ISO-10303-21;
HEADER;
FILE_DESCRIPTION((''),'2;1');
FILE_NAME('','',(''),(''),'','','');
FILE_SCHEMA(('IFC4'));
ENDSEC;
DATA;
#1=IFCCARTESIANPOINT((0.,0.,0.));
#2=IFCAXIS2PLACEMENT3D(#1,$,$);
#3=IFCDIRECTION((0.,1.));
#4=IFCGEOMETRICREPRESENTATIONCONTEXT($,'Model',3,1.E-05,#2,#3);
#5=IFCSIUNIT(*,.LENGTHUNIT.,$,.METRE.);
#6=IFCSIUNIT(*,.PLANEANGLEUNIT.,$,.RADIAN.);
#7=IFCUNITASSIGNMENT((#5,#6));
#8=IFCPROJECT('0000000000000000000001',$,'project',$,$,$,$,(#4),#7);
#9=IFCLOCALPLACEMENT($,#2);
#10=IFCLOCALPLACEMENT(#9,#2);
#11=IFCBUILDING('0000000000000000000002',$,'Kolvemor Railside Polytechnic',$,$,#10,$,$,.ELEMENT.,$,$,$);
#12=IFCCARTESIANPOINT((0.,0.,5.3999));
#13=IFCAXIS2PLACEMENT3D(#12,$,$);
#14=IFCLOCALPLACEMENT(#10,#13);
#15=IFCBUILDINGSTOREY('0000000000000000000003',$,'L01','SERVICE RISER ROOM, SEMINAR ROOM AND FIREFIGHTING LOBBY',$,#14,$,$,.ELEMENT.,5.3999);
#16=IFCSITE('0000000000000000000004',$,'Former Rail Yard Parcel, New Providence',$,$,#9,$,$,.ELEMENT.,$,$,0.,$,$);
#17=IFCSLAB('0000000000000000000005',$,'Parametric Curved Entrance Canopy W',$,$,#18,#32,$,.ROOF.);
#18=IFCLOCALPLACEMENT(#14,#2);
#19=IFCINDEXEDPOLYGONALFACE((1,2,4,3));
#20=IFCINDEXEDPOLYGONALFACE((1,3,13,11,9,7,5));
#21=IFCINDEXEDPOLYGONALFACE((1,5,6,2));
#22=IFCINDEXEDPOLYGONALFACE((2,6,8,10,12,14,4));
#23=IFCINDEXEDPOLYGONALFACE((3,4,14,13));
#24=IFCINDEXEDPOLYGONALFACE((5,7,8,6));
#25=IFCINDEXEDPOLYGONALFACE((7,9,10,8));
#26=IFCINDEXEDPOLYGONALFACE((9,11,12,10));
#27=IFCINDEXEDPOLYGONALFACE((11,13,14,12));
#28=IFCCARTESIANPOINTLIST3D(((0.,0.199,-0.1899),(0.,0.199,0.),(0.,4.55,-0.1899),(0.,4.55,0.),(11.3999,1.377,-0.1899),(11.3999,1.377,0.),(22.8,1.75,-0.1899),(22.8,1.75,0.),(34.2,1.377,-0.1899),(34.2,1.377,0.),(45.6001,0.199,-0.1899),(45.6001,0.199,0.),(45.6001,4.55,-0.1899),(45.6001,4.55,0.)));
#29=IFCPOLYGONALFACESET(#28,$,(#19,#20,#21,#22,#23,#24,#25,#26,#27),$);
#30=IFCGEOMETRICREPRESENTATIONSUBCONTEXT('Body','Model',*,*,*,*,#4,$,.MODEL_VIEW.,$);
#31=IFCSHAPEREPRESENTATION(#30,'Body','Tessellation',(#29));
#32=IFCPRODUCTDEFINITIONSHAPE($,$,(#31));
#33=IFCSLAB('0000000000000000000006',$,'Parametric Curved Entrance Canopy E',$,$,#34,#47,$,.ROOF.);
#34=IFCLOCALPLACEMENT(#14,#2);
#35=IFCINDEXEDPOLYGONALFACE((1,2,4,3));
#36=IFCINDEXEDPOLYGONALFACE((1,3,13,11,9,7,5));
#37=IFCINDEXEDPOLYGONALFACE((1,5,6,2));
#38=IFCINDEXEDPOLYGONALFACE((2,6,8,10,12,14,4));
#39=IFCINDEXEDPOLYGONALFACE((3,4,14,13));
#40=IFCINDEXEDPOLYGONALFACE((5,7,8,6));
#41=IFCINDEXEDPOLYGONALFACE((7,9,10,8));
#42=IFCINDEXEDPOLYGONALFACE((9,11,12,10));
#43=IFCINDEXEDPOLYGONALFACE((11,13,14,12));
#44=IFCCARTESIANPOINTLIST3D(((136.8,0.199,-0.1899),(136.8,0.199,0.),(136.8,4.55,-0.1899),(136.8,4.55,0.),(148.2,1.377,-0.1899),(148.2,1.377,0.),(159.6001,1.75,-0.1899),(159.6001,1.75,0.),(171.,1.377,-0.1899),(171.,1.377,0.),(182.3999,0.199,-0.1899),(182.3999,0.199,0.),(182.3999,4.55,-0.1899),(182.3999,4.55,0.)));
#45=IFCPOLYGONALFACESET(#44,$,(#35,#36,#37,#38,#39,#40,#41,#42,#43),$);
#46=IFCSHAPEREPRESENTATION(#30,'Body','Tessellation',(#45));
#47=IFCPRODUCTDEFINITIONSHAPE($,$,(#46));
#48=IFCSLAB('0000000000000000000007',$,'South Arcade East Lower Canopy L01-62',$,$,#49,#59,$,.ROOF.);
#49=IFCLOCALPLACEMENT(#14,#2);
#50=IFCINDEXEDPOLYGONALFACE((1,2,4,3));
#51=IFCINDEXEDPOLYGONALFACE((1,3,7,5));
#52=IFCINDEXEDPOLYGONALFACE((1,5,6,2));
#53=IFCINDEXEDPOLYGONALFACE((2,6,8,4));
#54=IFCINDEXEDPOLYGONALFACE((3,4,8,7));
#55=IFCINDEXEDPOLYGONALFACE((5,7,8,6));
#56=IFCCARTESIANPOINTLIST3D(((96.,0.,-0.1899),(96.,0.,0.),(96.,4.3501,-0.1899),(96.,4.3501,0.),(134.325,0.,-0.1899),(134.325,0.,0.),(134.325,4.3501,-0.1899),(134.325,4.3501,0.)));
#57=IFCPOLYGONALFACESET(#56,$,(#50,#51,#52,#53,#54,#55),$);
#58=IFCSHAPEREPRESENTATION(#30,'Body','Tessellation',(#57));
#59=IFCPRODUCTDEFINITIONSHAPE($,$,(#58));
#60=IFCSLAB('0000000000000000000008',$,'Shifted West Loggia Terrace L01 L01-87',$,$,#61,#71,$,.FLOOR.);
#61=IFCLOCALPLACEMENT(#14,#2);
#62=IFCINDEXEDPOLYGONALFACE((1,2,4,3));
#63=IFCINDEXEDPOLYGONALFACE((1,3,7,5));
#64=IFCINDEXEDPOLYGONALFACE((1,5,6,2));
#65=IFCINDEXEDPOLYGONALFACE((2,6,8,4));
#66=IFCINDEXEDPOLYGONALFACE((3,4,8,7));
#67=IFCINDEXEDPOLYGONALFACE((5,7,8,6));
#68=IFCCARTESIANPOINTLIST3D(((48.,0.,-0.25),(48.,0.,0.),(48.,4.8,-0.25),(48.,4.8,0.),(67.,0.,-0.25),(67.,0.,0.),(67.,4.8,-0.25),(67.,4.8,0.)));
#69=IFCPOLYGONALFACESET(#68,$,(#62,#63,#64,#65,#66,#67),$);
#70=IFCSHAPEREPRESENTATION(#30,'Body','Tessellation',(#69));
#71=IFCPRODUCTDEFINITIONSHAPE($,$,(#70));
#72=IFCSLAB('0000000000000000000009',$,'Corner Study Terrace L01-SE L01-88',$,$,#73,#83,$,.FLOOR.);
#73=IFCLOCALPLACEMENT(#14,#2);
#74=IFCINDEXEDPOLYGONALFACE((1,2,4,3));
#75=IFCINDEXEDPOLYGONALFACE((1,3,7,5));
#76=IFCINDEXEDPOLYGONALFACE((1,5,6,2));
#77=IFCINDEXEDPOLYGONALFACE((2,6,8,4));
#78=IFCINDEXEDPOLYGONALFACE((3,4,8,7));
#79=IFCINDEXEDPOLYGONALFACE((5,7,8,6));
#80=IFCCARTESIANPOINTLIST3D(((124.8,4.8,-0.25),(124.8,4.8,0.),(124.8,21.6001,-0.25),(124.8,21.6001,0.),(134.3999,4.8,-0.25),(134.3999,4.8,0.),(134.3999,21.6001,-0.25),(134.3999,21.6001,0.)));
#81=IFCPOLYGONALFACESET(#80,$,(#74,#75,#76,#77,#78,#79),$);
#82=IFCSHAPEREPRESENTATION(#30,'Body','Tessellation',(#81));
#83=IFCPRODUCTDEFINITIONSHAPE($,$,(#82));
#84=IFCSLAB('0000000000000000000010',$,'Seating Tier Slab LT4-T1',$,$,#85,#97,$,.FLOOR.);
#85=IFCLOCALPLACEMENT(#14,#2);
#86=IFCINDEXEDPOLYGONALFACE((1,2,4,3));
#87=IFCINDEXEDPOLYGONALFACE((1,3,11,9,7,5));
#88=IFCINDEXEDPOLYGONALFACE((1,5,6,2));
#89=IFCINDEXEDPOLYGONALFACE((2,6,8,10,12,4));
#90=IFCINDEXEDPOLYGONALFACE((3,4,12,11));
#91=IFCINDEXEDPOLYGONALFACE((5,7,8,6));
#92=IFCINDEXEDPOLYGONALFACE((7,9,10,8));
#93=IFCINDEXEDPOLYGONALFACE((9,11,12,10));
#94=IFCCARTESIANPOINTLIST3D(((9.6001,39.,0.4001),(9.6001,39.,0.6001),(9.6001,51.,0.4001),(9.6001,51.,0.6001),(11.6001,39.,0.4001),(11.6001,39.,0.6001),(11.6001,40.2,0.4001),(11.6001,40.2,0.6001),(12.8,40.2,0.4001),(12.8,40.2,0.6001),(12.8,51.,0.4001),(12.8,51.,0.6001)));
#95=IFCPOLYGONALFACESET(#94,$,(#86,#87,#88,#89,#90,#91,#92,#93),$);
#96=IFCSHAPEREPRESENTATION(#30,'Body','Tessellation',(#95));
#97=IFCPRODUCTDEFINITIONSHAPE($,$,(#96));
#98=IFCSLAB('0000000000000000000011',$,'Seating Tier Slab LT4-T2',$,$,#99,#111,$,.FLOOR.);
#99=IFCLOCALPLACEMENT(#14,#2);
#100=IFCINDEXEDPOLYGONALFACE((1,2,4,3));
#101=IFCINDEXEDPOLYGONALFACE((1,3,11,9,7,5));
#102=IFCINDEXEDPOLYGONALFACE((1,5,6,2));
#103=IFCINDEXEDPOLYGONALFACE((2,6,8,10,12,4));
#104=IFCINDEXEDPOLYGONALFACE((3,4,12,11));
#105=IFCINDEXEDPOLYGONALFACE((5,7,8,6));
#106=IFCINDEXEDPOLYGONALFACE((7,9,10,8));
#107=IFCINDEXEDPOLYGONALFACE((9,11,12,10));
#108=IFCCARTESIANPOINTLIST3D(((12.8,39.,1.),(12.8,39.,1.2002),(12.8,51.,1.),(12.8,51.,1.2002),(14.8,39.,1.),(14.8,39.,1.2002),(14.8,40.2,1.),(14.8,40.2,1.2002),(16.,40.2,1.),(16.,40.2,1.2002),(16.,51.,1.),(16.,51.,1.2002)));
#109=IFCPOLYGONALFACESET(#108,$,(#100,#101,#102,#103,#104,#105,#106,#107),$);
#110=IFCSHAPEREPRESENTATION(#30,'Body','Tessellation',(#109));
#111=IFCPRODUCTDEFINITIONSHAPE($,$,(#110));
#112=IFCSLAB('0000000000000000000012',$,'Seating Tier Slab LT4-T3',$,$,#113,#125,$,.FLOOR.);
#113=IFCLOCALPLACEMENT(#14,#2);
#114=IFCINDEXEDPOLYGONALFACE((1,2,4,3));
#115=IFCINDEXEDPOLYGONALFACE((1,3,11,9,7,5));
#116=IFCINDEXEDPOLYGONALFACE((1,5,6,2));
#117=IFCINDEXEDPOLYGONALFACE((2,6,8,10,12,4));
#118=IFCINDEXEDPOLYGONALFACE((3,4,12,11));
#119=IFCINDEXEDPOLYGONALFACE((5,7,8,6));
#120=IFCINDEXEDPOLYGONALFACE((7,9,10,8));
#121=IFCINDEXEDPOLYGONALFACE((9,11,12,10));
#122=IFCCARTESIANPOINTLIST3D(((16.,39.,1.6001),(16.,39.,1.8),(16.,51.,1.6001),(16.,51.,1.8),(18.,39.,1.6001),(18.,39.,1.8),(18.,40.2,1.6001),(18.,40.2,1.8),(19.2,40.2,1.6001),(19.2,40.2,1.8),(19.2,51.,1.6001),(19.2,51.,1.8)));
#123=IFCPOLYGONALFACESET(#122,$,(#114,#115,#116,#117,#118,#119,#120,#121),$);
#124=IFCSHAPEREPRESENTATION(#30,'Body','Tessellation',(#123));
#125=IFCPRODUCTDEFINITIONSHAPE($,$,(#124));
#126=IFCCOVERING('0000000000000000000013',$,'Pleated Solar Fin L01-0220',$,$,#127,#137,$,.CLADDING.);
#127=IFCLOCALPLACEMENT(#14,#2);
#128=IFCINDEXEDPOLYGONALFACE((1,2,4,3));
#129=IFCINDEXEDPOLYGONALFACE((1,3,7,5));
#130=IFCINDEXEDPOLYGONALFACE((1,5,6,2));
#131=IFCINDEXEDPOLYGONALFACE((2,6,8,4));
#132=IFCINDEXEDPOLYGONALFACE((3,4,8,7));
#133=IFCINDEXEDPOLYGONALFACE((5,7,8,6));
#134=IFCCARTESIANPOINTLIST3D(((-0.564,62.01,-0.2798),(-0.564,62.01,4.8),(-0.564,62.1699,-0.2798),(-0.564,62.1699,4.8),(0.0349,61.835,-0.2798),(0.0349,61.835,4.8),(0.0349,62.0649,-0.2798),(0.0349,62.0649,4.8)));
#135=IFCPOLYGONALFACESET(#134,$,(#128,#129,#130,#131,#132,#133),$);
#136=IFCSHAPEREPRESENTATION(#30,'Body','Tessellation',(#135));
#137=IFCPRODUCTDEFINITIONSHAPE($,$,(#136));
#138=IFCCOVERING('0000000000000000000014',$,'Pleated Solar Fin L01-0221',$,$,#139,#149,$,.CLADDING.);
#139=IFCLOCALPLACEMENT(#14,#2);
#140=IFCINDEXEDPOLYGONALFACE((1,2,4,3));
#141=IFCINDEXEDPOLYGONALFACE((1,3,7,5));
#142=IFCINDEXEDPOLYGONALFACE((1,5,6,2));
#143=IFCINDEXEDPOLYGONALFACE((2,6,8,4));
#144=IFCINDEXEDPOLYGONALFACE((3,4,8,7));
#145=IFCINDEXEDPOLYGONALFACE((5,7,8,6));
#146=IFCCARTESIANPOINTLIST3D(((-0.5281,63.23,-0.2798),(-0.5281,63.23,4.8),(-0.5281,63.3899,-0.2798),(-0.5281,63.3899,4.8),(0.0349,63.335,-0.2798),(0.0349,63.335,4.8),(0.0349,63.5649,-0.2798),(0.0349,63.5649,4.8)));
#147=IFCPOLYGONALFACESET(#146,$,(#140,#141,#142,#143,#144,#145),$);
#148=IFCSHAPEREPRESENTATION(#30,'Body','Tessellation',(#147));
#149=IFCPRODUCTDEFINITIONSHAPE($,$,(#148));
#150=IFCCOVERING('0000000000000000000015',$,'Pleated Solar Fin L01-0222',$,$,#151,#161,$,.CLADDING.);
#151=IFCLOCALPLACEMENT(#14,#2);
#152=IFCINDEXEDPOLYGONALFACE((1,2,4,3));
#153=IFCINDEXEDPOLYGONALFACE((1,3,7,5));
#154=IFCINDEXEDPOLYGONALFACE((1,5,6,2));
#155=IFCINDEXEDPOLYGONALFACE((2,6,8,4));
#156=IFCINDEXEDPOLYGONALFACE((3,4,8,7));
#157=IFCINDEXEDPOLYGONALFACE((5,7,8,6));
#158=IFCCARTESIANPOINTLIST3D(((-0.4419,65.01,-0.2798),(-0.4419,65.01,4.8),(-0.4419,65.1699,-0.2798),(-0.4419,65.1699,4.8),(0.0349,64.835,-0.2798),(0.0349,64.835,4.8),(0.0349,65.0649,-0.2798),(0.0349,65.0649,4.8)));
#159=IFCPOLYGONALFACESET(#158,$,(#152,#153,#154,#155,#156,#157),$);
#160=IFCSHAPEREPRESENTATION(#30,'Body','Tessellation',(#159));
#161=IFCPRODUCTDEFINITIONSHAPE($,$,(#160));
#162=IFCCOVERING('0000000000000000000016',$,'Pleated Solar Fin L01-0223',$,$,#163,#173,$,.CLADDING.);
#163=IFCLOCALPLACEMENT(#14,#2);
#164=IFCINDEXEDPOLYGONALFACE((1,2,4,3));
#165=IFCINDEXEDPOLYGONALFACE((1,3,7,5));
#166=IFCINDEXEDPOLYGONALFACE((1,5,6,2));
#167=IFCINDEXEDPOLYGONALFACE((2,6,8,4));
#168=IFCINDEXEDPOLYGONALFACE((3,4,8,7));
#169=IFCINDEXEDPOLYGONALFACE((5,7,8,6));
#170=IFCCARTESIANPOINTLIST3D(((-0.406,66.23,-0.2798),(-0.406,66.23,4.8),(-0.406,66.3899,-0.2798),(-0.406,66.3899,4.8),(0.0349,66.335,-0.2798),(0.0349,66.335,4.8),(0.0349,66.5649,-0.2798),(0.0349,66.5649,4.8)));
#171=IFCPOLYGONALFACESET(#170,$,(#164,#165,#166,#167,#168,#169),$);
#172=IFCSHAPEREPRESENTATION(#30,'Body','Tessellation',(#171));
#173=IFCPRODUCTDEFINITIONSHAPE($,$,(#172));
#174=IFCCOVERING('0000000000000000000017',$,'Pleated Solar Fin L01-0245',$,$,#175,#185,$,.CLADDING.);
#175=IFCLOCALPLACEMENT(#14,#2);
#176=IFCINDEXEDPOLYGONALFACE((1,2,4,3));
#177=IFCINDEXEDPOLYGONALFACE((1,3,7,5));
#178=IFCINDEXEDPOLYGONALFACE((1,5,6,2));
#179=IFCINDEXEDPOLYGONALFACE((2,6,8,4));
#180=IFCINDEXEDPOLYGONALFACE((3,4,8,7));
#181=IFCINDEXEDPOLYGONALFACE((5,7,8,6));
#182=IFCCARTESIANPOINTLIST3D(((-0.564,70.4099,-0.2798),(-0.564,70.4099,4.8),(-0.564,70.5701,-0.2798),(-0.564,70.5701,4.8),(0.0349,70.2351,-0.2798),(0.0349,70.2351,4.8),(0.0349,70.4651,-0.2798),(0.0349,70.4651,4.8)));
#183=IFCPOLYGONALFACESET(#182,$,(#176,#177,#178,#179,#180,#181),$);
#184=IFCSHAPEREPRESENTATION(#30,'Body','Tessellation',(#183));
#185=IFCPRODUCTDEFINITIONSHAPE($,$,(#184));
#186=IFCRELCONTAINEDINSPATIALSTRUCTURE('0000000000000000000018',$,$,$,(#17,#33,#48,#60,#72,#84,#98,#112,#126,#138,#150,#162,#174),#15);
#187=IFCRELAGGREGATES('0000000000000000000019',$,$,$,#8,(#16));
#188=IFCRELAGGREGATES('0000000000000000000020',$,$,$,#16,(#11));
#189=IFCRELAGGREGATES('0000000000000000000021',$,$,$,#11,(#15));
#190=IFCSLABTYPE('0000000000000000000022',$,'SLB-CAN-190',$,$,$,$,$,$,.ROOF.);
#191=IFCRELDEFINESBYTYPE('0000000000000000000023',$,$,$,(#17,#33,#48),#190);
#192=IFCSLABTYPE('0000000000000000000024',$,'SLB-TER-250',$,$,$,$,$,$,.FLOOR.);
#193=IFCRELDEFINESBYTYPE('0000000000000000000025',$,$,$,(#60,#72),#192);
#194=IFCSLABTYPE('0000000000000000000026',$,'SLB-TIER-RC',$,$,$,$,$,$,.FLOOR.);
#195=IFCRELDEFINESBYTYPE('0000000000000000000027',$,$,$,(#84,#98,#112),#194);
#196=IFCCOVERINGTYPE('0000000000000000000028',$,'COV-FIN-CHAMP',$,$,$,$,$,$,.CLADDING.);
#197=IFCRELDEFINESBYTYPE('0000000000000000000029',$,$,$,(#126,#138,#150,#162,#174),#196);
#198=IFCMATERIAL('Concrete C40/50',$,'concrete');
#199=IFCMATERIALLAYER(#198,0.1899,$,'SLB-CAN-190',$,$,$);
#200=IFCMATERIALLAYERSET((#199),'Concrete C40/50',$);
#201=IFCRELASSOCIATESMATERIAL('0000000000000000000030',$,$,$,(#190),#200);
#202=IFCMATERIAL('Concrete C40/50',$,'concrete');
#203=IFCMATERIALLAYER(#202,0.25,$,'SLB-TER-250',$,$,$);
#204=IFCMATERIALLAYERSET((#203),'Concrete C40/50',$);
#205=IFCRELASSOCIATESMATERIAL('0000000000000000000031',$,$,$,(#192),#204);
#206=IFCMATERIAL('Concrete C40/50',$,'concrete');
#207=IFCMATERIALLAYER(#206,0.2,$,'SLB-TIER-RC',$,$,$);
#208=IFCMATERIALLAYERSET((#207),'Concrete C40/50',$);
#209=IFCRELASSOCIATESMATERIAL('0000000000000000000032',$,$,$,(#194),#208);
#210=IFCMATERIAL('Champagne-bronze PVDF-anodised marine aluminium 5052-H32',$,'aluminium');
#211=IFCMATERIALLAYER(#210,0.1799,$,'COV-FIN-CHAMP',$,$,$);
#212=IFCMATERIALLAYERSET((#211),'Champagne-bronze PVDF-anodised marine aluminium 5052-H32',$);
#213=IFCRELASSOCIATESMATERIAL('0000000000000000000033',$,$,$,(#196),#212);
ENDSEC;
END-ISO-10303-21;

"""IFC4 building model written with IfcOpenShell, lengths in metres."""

from ifc_helpers import new_model, si_unit, direction, frame, origin, place, context, subcontext, project, spatial, polyline, outline, extrude, material, layer, layer_set, type_object, element, save


model = new_model("IFC4")

# Units and contexts
model_context = context("Model", 3, precision=1e-05, world=origin(), true_north=direction((0.0, 1.0)))
body_context = subcontext(model_context, "Body", "Model", "MODEL_VIEW")
ifc_project = project(units=[si_unit("LENGTHUNIT", "METRE"), si_unit("PLANEANGLEUNIT", "RADIAN")], contexts=[model_context])

# Site, building, storey
site_placement = place(None, origin())
site = spatial("IfcSite", under=ifc_project, at=site_placement, Name="Former Rail Yard Parcel, New Providence", CompositionType="ELEMENT", RefElevation=0.0)
building_placement = place(site_placement, origin())
building = spatial("IfcBuilding", under=site, at=building_placement, Name="Kolvemor Railside Polytechnic", CompositionType="ELEMENT")
storey_placement = place(building_placement, frame((0.0, 0.0, 5.3999)))
storey = spatial("IfcBuildingStorey", under=building, at=storey_placement, Name="L01", Description="SERVICE RISER ROOM, SEMINAR ROOM AND FIREFIGHTING LOBBY", CompositionType="ELEMENT", Elevation=5.3999)

# Slabs
ifc_material_1 = material(Name="Concrete C40/50", Category="concrete")
ifc_layer_1 = layer(ifc_material_1, 0.1899, Name="SLB-CAN-190")
ifc_layer_set_1 = layer_set([ifc_layer_1], Name="Concrete C40/50")
slab_type_1 = type_object("IfcSlabType", Name="SLB-CAN-190", PredefinedType="ROOF", material=ifc_layer_set_1)
slab_1_placement = place(storey_placement, frame((0.0, 0.0, -0.1899)))
element("IfcSlab", 1, at=slab_1_placement, inside=storey, type_object=slab_type_1, Name="Parametric Curved Entrance Canopy W", PredefinedType="ROOF", context=body_context, shape_type="SweptSolid", body=[
    extrude(outline(polyline([(0.0, 0.199), (11.3999, 1.377), (22.8, 1.75), (34.2, 1.377), (45.6001, 0.199), (45.6001, 4.55), (0.0, 4.55), (0.0, 0.199)])), origin(), (0.0, 0.0, 1.0), 0.1899),
])
slab_2_placement = place(storey_placement, frame((0.0, 0.0, -0.1899)))
element("IfcSlab", 2, at=slab_2_placement, inside=storey, type_object=slab_type_1, Name="Parametric Curved Entrance Canopy E", PredefinedType="ROOF", context=body_context, shape_type="SweptSolid", body=[
    extrude(outline(polyline([(136.8, 0.199), (148.2, 1.377), (159.6001, 1.75), (171.0, 1.377), (182.3999, 0.199), (182.3999, 4.55), (136.8, 4.55), (136.8, 0.199)])), origin(), (0.0, 0.0, 1.0), 0.1899),
])
slab_3_placement = place(storey_placement, frame((0.0, 0.0, -0.1899)))
element("IfcSlab", 3, at=slab_3_placement, inside=storey, type_object=slab_type_1, Name="South Arcade East Lower Canopy L01-62", PredefinedType="ROOF", context=body_context, shape_type="SweptSolid", body=[
    extrude(outline(polyline([(96.0, 0.0), (134.325, 0.0), (134.325, 4.3501), (96.0, 4.3501), (96.0, 0.0)])), origin(), (0.0, 0.0, 1.0), 0.1899),
])
ifc_material_2 = material(Name="Concrete C40/50", Category="concrete")
ifc_layer_2 = layer(ifc_material_2, 0.25, Name="SLB-TER-250")
ifc_layer_set_2 = layer_set([ifc_layer_2], Name="Concrete C40/50")
slab_type_2 = type_object("IfcSlabType", Name="SLB-TER-250", PredefinedType="FLOOR", material=ifc_layer_set_2)
slab_4_placement = place(storey_placement, frame((0.0, 0.0, -0.25)))
element("IfcSlab", 4, at=slab_4_placement, inside=storey, type_object=slab_type_2, Name="Shifted West Loggia Terrace L01 L01-87", PredefinedType="FLOOR", context=body_context, shape_type="SweptSolid", body=[
    extrude(outline(polyline([(48.0, 0.0), (67.0, 0.0), (67.0, 4.8), (48.0, 4.8), (48.0, 0.0)])), origin(), (0.0, 0.0, 1.0), 0.25),
])
slab_5_placement = place(storey_placement, frame((0.0, 0.0, -0.25)))
element("IfcSlab", 5, at=slab_5_placement, inside=storey, type_object=slab_type_2, Name="Corner Study Terrace L01-SE L01-88", PredefinedType="FLOOR", context=body_context, shape_type="SweptSolid", body=[
    extrude(outline(polyline([(124.8, 4.8), (134.3999, 4.8), (134.3999, 21.6001), (124.8, 21.6001), (124.8, 4.8)])), origin(), (0.0, 0.0, 1.0), 0.25),
])
ifc_material_3 = material(Name="Concrete C40/50", Category="concrete")
ifc_layer_3 = layer(ifc_material_3, 0.2, Name="SLB-TIER-RC")
ifc_layer_set_3 = layer_set([ifc_layer_3], Name="Concrete C40/50")
slab_type_3 = type_object("IfcSlabType", Name="SLB-TIER-RC", PredefinedType="FLOOR", material=ifc_layer_set_3)
slab_6_placement = place(storey_placement, frame((0.0, 0.0, 0.4001)))
element("IfcSlab", 6, at=slab_6_placement, inside=storey, type_object=slab_type_3, Name="Seating Tier Slab LT4-T1", PredefinedType="FLOOR", context=body_context, shape_type="SweptSolid", body=[
    extrude(outline(polyline([(9.6001, 39.0), (11.6001, 39.0), (11.6001, 40.2), (12.8, 40.2), (12.8, 51.0), (9.6001, 51.0), (9.6001, 39.0)])), origin(), (0.0, 0.0, 1.0), 0.2),
])
slab_7_placement = place(storey_placement, frame((0.0, 0.0, 1.0)))
element("IfcSlab", 7, at=slab_7_placement, inside=storey, type_object=slab_type_3, Name="Seating Tier Slab LT4-T2", PredefinedType="FLOOR", context=body_context, shape_type="SweptSolid", body=[
    extrude(outline(polyline([(12.8, 39.0), (14.8, 39.0), (14.8, 40.2), (16.0, 40.2), (16.0, 51.0), (12.8, 51.0), (12.8, 39.0)])), origin(), (0.0, 0.0, 1.0), 0.2002),
])
slab_8_placement = place(storey_placement, frame((0.0, 0.0, 1.6001)))
element("IfcSlab", 8, at=slab_8_placement, inside=storey, type_object=slab_type_3, Name="Seating Tier Slab LT4-T3", PredefinedType="FLOOR", context=body_context, shape_type="SweptSolid", body=[
    extrude(outline(polyline([(16.0, 39.0), (18.0, 39.0), (18.0, 40.2), (19.2, 40.2), (19.2, 51.0), (16.0, 51.0), (16.0, 39.0)])), origin(), (0.0, 0.0, 1.0), 0.2),
])

# Coverings
ifc_material_4 = material(Name="Champagne-bronze PVDF-anodised marine aluminium 5052-H32", Category="aluminium")
ifc_layer_4 = layer(ifc_material_4, 0.1799, Name="COV-FIN-CHAMP")
ifc_layer_set_4 = layer_set([ifc_layer_4], Name="Champagne-bronze PVDF-anodised marine aluminium 5052-H32")
covering_type_1 = type_object("IfcCoveringType", Name="COV-FIN-CHAMP", PredefinedType="CLADDING", material=ifc_layer_set_4)
covering_1_placement = place(storey_placement, frame((0.0, 0.0, -0.2798)))
element("IfcCovering", 9, at=covering_1_placement, inside=storey, type_object=covering_type_1, Name="Pleated Solar Fin L01-0220", PredefinedType="CLADDING", context=body_context, shape_type="SweptSolid", body=[
    extrude(outline(polyline([(0.0349, 61.835), (0.0349, 62.0649), (-0.564, 62.1699), (-0.564, 62.01), (0.0349, 61.835)])), origin(), (0.0, 0.0, 1.0), 5.0798),
])
covering_2_placement = place(storey_placement, frame((0.0, 0.0, -0.2798)))
element("IfcCovering", 10, at=covering_2_placement, inside=storey, type_object=covering_type_1, Name="Pleated Solar Fin L01-0221", PredefinedType="CLADDING", context=body_context, shape_type="SweptSolid", body=[
    extrude(outline(polyline([(0.0349, 63.335), (0.0349, 63.5649), (-0.5281, 63.3899), (-0.5281, 63.23), (0.0349, 63.335)])), origin(), (0.0, 0.0, 1.0), 5.0798),
])
covering_3_placement = place(storey_placement, frame((0.0, 0.0, -0.2798)))
element("IfcCovering", 11, at=covering_3_placement, inside=storey, type_object=covering_type_1, Name="Pleated Solar Fin L01-0222", PredefinedType="CLADDING", context=body_context, shape_type="SweptSolid", body=[
    extrude(outline(polyline([(0.0349, 64.835), (0.0349, 65.0649), (-0.4419, 65.1699), (-0.4419, 65.01), (0.0349, 64.835)])), origin(), (0.0, 0.0, 1.0), 5.0798),
])
covering_4_placement = place(storey_placement, frame((0.0, 0.0, -0.2798)))
element("IfcCovering", 12, at=covering_4_placement, inside=storey, type_object=covering_type_1, Name="Pleated Solar Fin L01-0223", PredefinedType="CLADDING", context=body_context, shape_type="SweptSolid", body=[
    extrude(outline(polyline([(0.0349, 66.335), (0.0349, 66.5649), (-0.406, 66.3899), (-0.406, 66.23), (0.0349, 66.335)])), origin(), (0.0, 0.0, 1.0), 5.0798),
])
covering_5_placement = place(storey_placement, frame((0.0, 0.0, -0.2798)))
element("IfcCovering", 13, at=covering_5_placement, inside=storey, type_object=covering_type_1, Name="Pleated Solar Fin L01-0245", PredefinedType="CLADDING", context=body_context, shape_type="SweptSolid", body=[
    extrude(outline(polyline([(0.0349, 70.2351), (0.0349, 70.4651), (-0.564, 70.5701), (-0.564, 70.4099), (0.0349, 70.2351)])), origin(), (0.0, 0.0, 1.0), 5.0798),
])

save(model, "model.ifc")
